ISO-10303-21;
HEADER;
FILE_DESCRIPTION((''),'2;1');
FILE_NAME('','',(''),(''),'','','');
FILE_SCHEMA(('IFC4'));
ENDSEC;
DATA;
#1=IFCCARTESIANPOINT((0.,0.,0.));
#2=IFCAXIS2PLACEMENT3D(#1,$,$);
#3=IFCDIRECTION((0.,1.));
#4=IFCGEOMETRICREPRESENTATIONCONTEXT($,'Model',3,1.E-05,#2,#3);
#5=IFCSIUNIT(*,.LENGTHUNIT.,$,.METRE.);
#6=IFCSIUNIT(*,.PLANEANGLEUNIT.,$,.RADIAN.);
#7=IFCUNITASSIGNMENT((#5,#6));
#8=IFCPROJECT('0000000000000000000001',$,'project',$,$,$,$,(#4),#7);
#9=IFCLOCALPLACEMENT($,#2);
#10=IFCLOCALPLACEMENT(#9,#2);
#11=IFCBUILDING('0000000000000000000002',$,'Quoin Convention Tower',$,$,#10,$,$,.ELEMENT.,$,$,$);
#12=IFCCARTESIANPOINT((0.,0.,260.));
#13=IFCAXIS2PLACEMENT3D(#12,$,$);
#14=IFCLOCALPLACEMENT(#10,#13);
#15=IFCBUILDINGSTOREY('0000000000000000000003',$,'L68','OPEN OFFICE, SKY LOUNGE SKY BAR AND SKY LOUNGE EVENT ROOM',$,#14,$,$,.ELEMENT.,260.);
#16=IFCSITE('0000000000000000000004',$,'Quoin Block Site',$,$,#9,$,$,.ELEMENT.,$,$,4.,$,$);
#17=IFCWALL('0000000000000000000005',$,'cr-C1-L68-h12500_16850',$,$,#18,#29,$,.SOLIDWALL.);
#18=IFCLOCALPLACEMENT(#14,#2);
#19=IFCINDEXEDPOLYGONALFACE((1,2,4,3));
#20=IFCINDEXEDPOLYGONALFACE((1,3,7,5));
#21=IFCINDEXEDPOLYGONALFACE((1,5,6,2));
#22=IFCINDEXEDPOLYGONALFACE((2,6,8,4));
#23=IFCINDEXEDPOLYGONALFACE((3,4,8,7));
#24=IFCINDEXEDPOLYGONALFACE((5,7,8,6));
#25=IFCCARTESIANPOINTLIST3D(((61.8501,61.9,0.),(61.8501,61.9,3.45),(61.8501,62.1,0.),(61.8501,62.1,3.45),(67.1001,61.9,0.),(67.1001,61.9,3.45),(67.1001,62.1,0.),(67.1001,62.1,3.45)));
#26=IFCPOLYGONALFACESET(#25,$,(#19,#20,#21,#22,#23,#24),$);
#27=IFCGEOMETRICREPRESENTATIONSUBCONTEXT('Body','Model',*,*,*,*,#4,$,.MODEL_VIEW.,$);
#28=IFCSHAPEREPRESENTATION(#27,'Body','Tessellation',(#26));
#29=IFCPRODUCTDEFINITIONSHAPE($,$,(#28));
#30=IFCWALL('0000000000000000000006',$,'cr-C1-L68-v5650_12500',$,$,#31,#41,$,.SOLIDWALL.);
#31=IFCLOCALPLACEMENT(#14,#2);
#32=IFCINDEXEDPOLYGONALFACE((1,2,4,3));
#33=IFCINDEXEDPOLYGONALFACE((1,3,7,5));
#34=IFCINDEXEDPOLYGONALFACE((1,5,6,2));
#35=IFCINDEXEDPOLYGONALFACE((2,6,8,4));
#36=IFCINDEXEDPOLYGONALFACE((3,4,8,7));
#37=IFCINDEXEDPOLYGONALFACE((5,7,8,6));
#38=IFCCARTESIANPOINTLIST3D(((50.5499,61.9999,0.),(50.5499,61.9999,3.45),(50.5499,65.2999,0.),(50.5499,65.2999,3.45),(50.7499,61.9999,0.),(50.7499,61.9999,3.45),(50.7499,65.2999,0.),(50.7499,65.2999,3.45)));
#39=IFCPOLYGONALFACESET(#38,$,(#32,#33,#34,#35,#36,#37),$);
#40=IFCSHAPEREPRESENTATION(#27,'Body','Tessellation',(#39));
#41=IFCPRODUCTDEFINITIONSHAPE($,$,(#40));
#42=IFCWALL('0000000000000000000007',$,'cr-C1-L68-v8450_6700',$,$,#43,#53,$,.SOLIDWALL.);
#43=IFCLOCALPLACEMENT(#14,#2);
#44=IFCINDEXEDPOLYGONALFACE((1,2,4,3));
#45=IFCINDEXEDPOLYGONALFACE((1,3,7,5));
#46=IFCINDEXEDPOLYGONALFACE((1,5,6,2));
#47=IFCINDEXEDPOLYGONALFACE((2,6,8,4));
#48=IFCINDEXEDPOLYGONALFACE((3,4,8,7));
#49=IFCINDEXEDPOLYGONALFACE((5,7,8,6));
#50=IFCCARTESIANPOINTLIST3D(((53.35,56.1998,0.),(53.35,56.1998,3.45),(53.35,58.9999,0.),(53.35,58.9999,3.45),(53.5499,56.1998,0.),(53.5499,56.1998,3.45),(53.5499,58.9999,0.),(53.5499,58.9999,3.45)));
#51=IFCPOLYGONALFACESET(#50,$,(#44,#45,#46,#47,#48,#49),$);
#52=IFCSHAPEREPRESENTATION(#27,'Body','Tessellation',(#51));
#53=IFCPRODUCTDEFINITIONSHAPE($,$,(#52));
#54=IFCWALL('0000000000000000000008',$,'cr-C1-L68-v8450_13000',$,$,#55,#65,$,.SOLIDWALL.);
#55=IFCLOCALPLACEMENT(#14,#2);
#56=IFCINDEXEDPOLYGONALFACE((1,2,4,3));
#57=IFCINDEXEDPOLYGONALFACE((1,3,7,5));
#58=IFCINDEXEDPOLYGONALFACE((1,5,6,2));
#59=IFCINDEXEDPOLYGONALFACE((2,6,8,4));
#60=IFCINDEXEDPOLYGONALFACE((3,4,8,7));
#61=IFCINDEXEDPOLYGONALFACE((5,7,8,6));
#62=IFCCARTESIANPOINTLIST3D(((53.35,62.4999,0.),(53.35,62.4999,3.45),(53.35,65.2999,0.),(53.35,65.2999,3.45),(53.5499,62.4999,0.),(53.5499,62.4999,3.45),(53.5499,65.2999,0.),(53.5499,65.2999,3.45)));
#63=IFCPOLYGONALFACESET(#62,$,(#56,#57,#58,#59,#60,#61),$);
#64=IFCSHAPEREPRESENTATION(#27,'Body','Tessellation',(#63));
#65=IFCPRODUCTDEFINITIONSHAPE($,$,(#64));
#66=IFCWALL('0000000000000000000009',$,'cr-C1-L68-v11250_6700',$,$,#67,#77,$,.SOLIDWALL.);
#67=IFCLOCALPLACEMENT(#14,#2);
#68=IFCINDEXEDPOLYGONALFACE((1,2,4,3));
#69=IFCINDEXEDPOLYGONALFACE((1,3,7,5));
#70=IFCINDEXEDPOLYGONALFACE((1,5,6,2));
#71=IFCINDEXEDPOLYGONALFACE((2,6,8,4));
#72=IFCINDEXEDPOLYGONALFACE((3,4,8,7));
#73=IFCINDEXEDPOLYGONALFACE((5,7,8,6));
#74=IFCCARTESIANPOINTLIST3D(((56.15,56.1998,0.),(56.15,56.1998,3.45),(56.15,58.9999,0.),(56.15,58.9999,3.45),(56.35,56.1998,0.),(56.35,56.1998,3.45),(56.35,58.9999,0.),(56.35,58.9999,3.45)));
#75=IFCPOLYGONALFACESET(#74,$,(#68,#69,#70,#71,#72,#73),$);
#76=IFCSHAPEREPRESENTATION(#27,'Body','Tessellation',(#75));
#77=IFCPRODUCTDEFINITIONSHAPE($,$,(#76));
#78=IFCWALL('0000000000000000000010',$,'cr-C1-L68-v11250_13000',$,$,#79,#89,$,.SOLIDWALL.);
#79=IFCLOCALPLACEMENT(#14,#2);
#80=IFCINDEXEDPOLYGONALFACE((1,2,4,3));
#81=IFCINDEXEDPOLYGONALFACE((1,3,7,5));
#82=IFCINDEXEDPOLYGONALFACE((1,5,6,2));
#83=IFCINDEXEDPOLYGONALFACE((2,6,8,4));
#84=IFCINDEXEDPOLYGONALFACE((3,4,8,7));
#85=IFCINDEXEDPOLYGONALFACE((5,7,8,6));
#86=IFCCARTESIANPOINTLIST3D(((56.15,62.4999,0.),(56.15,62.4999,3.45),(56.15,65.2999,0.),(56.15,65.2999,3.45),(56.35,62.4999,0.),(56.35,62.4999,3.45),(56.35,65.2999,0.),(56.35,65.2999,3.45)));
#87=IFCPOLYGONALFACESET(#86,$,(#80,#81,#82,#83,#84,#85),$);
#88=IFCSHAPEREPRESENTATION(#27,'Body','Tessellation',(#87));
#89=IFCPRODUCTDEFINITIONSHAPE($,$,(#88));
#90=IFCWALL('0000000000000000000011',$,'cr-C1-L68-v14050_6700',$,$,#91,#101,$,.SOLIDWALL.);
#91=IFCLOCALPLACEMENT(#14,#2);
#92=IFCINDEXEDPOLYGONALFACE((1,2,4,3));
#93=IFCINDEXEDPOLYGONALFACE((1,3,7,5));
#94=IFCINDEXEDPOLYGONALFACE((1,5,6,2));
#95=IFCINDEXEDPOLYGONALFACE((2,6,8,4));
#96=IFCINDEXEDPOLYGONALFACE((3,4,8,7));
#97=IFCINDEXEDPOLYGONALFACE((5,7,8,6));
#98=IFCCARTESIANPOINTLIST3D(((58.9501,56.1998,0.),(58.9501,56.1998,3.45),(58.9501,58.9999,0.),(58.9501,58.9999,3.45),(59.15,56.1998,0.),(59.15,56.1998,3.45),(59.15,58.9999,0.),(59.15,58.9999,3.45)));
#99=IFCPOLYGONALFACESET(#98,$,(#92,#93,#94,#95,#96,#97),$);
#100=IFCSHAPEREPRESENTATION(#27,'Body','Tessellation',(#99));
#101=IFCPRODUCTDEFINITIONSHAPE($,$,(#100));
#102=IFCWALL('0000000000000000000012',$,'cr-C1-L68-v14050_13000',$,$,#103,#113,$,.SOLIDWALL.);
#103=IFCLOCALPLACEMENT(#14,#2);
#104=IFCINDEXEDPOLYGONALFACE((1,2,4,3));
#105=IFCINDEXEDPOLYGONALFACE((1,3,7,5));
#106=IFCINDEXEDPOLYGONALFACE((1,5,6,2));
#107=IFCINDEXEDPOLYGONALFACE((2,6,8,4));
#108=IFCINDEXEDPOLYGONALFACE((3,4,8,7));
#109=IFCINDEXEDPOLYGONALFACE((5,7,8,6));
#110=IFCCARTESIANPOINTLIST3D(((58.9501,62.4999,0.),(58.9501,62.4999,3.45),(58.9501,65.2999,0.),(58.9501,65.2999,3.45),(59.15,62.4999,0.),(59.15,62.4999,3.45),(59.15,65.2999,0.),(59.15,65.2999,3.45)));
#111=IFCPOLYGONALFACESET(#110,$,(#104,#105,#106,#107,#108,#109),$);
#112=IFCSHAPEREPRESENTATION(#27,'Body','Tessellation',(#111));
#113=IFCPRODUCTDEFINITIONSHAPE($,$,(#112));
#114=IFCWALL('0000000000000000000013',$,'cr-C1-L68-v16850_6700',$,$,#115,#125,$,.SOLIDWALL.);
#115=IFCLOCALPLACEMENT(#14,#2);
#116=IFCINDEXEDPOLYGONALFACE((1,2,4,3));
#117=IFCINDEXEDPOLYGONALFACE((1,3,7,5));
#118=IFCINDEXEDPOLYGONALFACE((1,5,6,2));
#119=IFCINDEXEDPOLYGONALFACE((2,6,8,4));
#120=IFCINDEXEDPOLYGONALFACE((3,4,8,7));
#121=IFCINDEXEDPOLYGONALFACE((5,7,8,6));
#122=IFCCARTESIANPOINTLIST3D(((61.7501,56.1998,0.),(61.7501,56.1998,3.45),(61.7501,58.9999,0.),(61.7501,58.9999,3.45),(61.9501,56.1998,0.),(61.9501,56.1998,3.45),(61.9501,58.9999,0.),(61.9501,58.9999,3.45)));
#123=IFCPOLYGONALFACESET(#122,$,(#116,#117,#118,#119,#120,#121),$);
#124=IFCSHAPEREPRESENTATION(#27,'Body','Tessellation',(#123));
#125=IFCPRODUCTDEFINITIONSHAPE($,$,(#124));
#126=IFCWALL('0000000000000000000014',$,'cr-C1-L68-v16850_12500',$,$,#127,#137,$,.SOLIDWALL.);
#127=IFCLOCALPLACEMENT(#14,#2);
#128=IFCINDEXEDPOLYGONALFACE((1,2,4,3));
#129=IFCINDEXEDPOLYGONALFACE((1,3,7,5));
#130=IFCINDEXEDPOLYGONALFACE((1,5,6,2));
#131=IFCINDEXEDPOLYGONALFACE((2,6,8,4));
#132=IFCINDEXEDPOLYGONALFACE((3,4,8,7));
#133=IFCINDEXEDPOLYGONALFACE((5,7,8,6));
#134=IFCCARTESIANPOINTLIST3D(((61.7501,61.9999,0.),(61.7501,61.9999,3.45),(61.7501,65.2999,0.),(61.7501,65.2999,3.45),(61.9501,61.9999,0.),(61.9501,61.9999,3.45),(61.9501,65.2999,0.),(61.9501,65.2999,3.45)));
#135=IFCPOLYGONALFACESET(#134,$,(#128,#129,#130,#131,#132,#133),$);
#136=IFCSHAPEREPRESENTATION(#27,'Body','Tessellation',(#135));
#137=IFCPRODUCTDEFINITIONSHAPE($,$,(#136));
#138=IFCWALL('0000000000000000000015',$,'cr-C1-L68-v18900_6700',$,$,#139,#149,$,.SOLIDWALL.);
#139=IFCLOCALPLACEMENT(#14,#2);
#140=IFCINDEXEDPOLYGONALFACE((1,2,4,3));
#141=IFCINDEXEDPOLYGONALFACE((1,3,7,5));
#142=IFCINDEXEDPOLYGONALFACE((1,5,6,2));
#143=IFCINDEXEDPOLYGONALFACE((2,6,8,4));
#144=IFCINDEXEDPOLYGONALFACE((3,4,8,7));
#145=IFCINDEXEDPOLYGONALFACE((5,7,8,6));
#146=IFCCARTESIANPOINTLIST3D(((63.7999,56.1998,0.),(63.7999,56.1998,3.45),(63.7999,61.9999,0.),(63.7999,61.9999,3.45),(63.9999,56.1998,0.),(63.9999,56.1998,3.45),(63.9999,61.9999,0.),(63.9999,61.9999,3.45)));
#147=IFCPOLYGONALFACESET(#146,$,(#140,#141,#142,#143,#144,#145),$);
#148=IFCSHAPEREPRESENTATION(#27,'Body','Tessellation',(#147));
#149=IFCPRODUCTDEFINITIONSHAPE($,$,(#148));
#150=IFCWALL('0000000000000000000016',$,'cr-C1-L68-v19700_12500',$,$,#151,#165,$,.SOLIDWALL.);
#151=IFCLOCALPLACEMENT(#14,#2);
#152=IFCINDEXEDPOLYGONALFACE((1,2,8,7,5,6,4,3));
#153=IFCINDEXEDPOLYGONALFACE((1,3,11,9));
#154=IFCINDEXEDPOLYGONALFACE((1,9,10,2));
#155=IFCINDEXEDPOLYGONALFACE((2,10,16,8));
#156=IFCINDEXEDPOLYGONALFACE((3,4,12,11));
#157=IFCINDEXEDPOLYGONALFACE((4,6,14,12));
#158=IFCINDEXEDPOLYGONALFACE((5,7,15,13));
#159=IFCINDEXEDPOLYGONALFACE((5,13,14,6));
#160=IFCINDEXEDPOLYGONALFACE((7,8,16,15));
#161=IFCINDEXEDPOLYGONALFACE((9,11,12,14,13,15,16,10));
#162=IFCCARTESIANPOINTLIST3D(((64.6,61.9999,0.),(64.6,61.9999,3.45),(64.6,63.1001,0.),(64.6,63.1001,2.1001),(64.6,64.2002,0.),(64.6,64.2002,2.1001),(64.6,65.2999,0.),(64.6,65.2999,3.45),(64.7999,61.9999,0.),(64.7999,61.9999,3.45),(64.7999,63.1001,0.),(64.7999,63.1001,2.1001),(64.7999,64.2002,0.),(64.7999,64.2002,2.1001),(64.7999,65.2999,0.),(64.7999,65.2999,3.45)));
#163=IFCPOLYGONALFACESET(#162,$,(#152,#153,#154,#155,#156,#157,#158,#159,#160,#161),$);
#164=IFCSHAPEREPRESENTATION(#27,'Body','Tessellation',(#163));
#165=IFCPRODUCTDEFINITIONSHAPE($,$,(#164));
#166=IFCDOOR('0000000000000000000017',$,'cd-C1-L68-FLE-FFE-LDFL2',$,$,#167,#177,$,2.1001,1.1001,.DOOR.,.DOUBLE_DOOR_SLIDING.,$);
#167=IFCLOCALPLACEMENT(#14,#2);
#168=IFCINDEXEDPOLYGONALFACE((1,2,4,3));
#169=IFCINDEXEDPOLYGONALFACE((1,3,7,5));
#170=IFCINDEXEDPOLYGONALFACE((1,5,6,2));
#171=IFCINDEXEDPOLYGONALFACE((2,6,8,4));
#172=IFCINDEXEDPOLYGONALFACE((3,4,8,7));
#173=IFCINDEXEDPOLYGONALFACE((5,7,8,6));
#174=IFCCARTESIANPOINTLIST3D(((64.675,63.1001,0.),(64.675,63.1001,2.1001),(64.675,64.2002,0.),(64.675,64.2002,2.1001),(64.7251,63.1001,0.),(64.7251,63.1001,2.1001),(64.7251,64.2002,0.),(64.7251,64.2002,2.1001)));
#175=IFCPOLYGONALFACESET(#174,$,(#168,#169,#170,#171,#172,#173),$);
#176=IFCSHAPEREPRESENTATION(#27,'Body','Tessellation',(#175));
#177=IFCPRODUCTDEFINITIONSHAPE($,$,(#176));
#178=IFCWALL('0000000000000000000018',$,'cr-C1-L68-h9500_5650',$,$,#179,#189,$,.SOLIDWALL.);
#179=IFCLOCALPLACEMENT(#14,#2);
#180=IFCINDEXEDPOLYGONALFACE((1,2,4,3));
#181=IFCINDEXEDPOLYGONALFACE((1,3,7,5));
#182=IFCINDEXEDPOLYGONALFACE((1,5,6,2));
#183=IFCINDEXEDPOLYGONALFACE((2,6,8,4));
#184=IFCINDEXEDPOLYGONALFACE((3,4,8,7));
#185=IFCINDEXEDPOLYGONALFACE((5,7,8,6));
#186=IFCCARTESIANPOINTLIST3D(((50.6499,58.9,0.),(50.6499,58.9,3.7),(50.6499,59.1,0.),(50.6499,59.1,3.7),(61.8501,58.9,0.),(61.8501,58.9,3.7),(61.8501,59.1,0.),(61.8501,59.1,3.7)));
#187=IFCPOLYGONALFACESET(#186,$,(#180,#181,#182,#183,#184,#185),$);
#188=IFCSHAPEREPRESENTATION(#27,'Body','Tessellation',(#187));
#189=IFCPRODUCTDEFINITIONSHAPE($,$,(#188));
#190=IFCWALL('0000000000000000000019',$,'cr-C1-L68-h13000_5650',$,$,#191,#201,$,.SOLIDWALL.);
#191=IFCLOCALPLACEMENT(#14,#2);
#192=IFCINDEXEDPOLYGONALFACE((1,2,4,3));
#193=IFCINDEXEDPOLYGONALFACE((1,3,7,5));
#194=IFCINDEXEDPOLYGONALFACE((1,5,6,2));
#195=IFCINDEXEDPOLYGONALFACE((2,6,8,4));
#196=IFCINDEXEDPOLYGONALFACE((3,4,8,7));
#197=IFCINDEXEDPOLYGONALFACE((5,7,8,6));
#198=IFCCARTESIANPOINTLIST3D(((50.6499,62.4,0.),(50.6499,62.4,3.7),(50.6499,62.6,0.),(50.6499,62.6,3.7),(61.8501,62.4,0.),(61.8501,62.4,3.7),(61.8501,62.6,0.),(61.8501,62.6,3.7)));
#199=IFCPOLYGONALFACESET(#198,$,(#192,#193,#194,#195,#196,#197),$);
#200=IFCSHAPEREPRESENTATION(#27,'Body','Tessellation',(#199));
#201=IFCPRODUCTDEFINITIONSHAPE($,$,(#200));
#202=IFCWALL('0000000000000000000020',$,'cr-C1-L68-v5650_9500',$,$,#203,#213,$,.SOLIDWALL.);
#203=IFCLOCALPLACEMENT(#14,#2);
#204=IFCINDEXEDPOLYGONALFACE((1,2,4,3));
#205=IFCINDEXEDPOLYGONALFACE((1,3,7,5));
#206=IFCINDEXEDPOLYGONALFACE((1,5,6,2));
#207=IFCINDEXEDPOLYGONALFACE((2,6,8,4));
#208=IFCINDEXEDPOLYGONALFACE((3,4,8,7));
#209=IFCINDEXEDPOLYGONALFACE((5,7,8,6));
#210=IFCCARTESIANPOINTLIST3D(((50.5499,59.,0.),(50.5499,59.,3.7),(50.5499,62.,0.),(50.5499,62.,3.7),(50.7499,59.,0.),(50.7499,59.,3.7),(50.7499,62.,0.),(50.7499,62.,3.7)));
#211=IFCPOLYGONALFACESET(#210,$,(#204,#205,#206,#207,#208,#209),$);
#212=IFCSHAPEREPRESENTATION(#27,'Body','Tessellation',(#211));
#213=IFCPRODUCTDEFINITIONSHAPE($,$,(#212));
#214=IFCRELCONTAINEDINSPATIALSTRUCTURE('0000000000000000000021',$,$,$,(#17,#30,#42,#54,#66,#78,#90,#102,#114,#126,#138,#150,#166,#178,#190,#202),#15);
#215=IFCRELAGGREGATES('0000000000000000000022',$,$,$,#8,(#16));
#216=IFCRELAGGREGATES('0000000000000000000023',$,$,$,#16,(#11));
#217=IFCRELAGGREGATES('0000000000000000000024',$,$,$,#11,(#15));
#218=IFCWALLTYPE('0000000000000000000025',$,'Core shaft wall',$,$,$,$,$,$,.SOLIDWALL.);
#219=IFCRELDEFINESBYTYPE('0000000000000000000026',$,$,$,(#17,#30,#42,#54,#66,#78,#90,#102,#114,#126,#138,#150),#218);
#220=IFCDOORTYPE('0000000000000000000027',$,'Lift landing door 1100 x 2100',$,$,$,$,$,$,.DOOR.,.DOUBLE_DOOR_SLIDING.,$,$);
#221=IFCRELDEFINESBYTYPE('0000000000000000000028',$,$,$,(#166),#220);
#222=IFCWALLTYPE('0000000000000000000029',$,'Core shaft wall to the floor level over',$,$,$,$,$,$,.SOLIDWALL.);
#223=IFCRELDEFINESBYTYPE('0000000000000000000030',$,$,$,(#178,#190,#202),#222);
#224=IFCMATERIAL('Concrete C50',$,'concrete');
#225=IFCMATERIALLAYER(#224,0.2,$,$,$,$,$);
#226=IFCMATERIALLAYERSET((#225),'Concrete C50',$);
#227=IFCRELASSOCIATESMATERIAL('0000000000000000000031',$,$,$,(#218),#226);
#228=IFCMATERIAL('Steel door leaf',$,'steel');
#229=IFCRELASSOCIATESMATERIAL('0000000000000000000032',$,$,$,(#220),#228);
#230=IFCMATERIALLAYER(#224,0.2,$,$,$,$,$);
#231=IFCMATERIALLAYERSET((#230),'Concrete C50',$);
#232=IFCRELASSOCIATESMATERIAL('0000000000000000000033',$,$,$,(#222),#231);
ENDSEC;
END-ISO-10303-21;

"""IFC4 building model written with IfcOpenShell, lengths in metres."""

from ifc_helpers import new_model, si_unit, direction, frame, frame_2d, origin, place, context, subcontext, project, spatial, rectangle, extrude, material, layer, layer_set, type_object, element, fill, save


model = new_model("IFC4")

# Units and contexts
model_context = context("Model", 3, precision=1e-05, world=origin(), true_north=direction((0.0, 1.0)))
body_context = subcontext(model_context, "Body", "Model", "MODEL_VIEW")
ifc_project = project(units=[si_unit("LENGTHUNIT", "METRE"), si_unit("PLANEANGLEUNIT", "RADIAN")], contexts=[model_context])

# Site, building, storey
site_placement = place(None, origin())
site = spatial("IfcSite", under=ifc_project, at=site_placement, Name="Quoin Block Site", CompositionType="ELEMENT", RefElevation=4.0)
building_placement = place(site_placement, origin())
building = spatial("IfcBuilding", under=site, at=building_placement, Name="Quoin Convention Tower", CompositionType="ELEMENT")
storey_placement = place(building_placement, frame((0.0, 0.0, 260.0)))
storey = spatial("IfcBuildingStorey", under=building, at=storey_placement, Name="L68", Description="OPEN OFFICE, SKY LOUNGE SKY BAR AND SKY LOUNGE EVENT ROOM", CompositionType="ELEMENT", Elevation=260.0)

# Shared definitions
ifc_material_1 = material(Name="Concrete C50", Category="concrete")

# Shared definitions
ifc_material_2 = material(Name="Steel door leaf", Category="steel")

# Walls
ifc_layer_1 = layer(ifc_material_1, 0.2)
ifc_layer_set_1 = layer_set([ifc_layer_1], Name="Concrete C50")
wall_type_1 = type_object("IfcWallType", Name="Core shaft wall", PredefinedType="SOLIDWALL", material=ifc_layer_set_1)
wall_1_placement = place(storey_placement, frame((61.8501, 62.0, 0.0), z_axis=(0.0, 0.0, 1.0), x_axis=(1.0, 0.0, 0.0)))
element("IfcWall", 1, at=wall_1_placement, inside=storey, type_object=wall_type_1, Name="cr-C1-L68-h12500_16850", PredefinedType="SOLIDWALL", context=body_context, shape_type="SweptSolid", body=[
    extrude(rectangle(XDim=5.25, YDim=0.2, at=frame_2d((2.625, 0.0))), origin(), (0.0, 0.0, 1.0), 3.45),
])
wall_2_placement = place(storey_placement, frame((50.6499, 62.0, 0.0), z_axis=(0.0, 0.0, 1.0), x_axis=(0.0, 1.0, 0.0)))
element("IfcWall", 2, at=wall_2_placement, inside=storey, type_object=wall_type_1, Name="cr-C1-L68-v5650_12500", PredefinedType="SOLIDWALL", context=body_context, shape_type="SweptSolid", body=[
    extrude(rectangle(XDim=3.3, YDim=0.2, at=frame_2d((1.6499, 0.0))), origin(), (0.0, 0.0, 1.0), 3.45),
])
for number, where, z_axis, x_axis, name in (
    (3, (53.45, 56.2, 0.0), (0.0, 0.0, 1.0), (0.0, 1.0, 0.0), "cr-C1-L68-v8450_6700"),
    (4, (53.45, 62.5, 0.0), (0.0, 0.0, 1.0), (0.0, 1.0, 0.0), "cr-C1-L68-v8450_13000"),
    (5, (56.25, 56.2, 0.0), (0.0, 0.0, 1.0), (0.0, 1.0, 0.0), "cr-C1-L68-v11250_6700"),
    (6, (56.25, 62.5, 0.0), (0.0, 0.0, 1.0), (0.0, 1.0, 0.0), "cr-C1-L68-v11250_13000"),
    (7, (59.05, 56.2, 0.0), (0.0, 0.0, 1.0), (0.0, 1.0, 0.0), "cr-C1-L68-v14050_6700"),
    (8, (59.05, 62.5, 0.0), (0.0, 0.0, 1.0), (0.0, 1.0, 0.0), "cr-C1-L68-v14050_13000"),
    (9, (61.8501, 56.2, 0.0), (0.0, 0.0, 1.0), (0.0, 1.0, 0.0), "cr-C1-L68-v16850_6700"),
):
    element("IfcWall", number, at=place(storey_placement, frame(where, z_axis=z_axis, x_axis=x_axis)), inside=storey, type_object=wall_type_1, Name=name, PredefinedType="SOLIDWALL", context=body_context, shape_type="SweptSolid", body=[
        extrude(rectangle(XDim=2.8, YDim=0.2, at=frame_2d((1.3999, 0.0))), origin(), (0.0, 0.0, 1.0), 3.45),
    ])
wall_3_placement = place(storey_placement, frame((61.8501, 62.0, 0.0), z_axis=(0.0, 0.0, 1.0), x_axis=(0.0, 1.0, 0.0)))
element("IfcWall", 10, at=wall_3_placement, inside=storey, type_object=wall_type_1, Name="cr-C1-L68-v16850_12500", PredefinedType="SOLIDWALL", context=body_context, shape_type="SweptSolid", body=[
    extrude(rectangle(XDim=3.3, YDim=0.2, at=frame_2d((1.6499, 0.0))), origin(), (0.0, 0.0, 1.0), 3.45),
])
wall_4_placement = place(storey_placement, frame((63.8999, 56.2, 0.0), z_axis=(0.0, 0.0, 1.0), x_axis=(0.0, 1.0, 0.0)))
element("IfcWall", 11, at=wall_4_placement, inside=storey, type_object=wall_type_1, Name="cr-C1-L68-v18900_6700", PredefinedType="SOLIDWALL", context=body_context, shape_type="SweptSolid", body=[
    extrude(rectangle(XDim=5.8, YDim=0.2, at=frame_2d((2.8999, 0.0))), origin(), (0.0, 0.0, 1.0), 3.45),
])

# Wall, opening, door
wall_5_placement = place(storey_placement, frame((64.7, 62.0, 0.0), z_axis=(0.0, 0.0, 1.0), x_axis=(0.0, 1.0, 0.0)))
wall_5 = element("IfcWall", 12, at=wall_5_placement, inside=storey, type_object=wall_type_1, Name="cr-C1-L68-v19700_12500", PredefinedType="SOLIDWALL", context=body_context, shape_type="SweptSolid", body=[
    extrude(rectangle(XDim=3.3, YDim=0.2, at=frame_2d((1.6499, 0.0))), origin(), (0.0, 0.0, 1.0), 3.45),
])
opening_1_placement = place(wall_5_placement, frame((1.1001, 0.0, 0.0)))
opening_1 = element("IfcOpeningElement", 13, at=opening_1_placement, cuts=wall_5, PredefinedType="OPENING", context=body_context, shape_type="SweptSolid", body=[
    extrude(rectangle(XDim=1.1001, YDim=2.1001, at=frame_2d((0.55, 1.05))), frame((0.0, 0.1099, 0.0), z_axis=(0.0, -1.0, 0.0), x_axis=(1.0, 0.0, 0.0)), (0.0, 0.0, 1.0), 0.22),
])
door_type_1 = type_object("IfcDoorType", Name="Lift landing door 1100 x 2100", OperationType="DOUBLE_DOOR_SLIDING", PredefinedType="DOOR", material=ifc_material_2)
door_1_placement = place(opening_1_placement, origin())
door_1 = element("IfcDoor", 14, at=door_1_placement, inside=storey, type_object=door_type_1, Name="cd-C1-L68-FLE-FFE-LDFL2", OperationType="DOUBLE_DOOR_SLIDING", OverallHeight=2.1001, OverallWidth=1.1001, PredefinedType="DOOR", context=body_context, shape_type="SweptSolid", body=[
    extrude(rectangle(XDim=1.1001, YDim=2.1001, at=frame_2d((0.55, 1.05))), frame((0.0, 0.0249, 0.0), z_axis=(0.0, -1.0, 0.0), x_axis=(1.0, 0.0, 0.0)), (0.0, 0.0, 1.0), 0.05),
])
fill(opening_1, door_1)

# Walls
ifc_layer_2 = layer(ifc_material_1, 0.2)
ifc_layer_set_2 = layer_set([ifc_layer_2], Name="Concrete C50")
wall_type_2 = type_object("IfcWallType", Name="Core shaft wall to the floor level over", PredefinedType="SOLIDWALL", material=ifc_layer_set_2)
for number, where, z_axis, x_axis, name in (
    (15, (50.6499, 59.0, 0.0), (0.0, 0.0, 1.0), (1.0, 0.0, 0.0), "cr-C1-L68-h9500_5650"),
    (16, (50.6499, 62.5, 0.0), (0.0, 0.0, 1.0), (1.0, 0.0, 0.0), "cr-C1-L68-h13000_5650"),
):
    element("IfcWall", number, at=place(storey_placement, frame(where, z_axis=z_axis, x_axis=x_axis)), inside=storey, type_object=wall_type_2, Name=name, PredefinedType="SOLIDWALL", context=body_context, shape_type="SweptSolid", body=[
        extrude(rectangle(XDim=11.2002, YDim=0.2, at=frame_2d((5.6001, 0.0))), origin(), (0.0, 0.0, 1.0), 3.7),
    ])
for number, where, z_axis, x_axis, name in (
    (17, (50.6499, 59.0, 0.0), (0.0, 0.0, 1.0), (0.0, 1.0, 0.0), "cr-C1-L68-v5650_9500"),
):
    element("IfcWall", number, at=place(storey_placement, frame(where, z_axis=z_axis, x_axis=x_axis)), inside=storey, type_object=wall_type_2, Name=name, PredefinedType="SOLIDWALL", context=body_context, shape_type="SweptSolid", body=[
        extrude(rectangle(XDim=3.0, YDim=0.2, at=frame_2d((1.5, 0.0))), origin(), (0.0, 0.0, 1.0), 3.7),
    ])

save(model, "model.ifc")
